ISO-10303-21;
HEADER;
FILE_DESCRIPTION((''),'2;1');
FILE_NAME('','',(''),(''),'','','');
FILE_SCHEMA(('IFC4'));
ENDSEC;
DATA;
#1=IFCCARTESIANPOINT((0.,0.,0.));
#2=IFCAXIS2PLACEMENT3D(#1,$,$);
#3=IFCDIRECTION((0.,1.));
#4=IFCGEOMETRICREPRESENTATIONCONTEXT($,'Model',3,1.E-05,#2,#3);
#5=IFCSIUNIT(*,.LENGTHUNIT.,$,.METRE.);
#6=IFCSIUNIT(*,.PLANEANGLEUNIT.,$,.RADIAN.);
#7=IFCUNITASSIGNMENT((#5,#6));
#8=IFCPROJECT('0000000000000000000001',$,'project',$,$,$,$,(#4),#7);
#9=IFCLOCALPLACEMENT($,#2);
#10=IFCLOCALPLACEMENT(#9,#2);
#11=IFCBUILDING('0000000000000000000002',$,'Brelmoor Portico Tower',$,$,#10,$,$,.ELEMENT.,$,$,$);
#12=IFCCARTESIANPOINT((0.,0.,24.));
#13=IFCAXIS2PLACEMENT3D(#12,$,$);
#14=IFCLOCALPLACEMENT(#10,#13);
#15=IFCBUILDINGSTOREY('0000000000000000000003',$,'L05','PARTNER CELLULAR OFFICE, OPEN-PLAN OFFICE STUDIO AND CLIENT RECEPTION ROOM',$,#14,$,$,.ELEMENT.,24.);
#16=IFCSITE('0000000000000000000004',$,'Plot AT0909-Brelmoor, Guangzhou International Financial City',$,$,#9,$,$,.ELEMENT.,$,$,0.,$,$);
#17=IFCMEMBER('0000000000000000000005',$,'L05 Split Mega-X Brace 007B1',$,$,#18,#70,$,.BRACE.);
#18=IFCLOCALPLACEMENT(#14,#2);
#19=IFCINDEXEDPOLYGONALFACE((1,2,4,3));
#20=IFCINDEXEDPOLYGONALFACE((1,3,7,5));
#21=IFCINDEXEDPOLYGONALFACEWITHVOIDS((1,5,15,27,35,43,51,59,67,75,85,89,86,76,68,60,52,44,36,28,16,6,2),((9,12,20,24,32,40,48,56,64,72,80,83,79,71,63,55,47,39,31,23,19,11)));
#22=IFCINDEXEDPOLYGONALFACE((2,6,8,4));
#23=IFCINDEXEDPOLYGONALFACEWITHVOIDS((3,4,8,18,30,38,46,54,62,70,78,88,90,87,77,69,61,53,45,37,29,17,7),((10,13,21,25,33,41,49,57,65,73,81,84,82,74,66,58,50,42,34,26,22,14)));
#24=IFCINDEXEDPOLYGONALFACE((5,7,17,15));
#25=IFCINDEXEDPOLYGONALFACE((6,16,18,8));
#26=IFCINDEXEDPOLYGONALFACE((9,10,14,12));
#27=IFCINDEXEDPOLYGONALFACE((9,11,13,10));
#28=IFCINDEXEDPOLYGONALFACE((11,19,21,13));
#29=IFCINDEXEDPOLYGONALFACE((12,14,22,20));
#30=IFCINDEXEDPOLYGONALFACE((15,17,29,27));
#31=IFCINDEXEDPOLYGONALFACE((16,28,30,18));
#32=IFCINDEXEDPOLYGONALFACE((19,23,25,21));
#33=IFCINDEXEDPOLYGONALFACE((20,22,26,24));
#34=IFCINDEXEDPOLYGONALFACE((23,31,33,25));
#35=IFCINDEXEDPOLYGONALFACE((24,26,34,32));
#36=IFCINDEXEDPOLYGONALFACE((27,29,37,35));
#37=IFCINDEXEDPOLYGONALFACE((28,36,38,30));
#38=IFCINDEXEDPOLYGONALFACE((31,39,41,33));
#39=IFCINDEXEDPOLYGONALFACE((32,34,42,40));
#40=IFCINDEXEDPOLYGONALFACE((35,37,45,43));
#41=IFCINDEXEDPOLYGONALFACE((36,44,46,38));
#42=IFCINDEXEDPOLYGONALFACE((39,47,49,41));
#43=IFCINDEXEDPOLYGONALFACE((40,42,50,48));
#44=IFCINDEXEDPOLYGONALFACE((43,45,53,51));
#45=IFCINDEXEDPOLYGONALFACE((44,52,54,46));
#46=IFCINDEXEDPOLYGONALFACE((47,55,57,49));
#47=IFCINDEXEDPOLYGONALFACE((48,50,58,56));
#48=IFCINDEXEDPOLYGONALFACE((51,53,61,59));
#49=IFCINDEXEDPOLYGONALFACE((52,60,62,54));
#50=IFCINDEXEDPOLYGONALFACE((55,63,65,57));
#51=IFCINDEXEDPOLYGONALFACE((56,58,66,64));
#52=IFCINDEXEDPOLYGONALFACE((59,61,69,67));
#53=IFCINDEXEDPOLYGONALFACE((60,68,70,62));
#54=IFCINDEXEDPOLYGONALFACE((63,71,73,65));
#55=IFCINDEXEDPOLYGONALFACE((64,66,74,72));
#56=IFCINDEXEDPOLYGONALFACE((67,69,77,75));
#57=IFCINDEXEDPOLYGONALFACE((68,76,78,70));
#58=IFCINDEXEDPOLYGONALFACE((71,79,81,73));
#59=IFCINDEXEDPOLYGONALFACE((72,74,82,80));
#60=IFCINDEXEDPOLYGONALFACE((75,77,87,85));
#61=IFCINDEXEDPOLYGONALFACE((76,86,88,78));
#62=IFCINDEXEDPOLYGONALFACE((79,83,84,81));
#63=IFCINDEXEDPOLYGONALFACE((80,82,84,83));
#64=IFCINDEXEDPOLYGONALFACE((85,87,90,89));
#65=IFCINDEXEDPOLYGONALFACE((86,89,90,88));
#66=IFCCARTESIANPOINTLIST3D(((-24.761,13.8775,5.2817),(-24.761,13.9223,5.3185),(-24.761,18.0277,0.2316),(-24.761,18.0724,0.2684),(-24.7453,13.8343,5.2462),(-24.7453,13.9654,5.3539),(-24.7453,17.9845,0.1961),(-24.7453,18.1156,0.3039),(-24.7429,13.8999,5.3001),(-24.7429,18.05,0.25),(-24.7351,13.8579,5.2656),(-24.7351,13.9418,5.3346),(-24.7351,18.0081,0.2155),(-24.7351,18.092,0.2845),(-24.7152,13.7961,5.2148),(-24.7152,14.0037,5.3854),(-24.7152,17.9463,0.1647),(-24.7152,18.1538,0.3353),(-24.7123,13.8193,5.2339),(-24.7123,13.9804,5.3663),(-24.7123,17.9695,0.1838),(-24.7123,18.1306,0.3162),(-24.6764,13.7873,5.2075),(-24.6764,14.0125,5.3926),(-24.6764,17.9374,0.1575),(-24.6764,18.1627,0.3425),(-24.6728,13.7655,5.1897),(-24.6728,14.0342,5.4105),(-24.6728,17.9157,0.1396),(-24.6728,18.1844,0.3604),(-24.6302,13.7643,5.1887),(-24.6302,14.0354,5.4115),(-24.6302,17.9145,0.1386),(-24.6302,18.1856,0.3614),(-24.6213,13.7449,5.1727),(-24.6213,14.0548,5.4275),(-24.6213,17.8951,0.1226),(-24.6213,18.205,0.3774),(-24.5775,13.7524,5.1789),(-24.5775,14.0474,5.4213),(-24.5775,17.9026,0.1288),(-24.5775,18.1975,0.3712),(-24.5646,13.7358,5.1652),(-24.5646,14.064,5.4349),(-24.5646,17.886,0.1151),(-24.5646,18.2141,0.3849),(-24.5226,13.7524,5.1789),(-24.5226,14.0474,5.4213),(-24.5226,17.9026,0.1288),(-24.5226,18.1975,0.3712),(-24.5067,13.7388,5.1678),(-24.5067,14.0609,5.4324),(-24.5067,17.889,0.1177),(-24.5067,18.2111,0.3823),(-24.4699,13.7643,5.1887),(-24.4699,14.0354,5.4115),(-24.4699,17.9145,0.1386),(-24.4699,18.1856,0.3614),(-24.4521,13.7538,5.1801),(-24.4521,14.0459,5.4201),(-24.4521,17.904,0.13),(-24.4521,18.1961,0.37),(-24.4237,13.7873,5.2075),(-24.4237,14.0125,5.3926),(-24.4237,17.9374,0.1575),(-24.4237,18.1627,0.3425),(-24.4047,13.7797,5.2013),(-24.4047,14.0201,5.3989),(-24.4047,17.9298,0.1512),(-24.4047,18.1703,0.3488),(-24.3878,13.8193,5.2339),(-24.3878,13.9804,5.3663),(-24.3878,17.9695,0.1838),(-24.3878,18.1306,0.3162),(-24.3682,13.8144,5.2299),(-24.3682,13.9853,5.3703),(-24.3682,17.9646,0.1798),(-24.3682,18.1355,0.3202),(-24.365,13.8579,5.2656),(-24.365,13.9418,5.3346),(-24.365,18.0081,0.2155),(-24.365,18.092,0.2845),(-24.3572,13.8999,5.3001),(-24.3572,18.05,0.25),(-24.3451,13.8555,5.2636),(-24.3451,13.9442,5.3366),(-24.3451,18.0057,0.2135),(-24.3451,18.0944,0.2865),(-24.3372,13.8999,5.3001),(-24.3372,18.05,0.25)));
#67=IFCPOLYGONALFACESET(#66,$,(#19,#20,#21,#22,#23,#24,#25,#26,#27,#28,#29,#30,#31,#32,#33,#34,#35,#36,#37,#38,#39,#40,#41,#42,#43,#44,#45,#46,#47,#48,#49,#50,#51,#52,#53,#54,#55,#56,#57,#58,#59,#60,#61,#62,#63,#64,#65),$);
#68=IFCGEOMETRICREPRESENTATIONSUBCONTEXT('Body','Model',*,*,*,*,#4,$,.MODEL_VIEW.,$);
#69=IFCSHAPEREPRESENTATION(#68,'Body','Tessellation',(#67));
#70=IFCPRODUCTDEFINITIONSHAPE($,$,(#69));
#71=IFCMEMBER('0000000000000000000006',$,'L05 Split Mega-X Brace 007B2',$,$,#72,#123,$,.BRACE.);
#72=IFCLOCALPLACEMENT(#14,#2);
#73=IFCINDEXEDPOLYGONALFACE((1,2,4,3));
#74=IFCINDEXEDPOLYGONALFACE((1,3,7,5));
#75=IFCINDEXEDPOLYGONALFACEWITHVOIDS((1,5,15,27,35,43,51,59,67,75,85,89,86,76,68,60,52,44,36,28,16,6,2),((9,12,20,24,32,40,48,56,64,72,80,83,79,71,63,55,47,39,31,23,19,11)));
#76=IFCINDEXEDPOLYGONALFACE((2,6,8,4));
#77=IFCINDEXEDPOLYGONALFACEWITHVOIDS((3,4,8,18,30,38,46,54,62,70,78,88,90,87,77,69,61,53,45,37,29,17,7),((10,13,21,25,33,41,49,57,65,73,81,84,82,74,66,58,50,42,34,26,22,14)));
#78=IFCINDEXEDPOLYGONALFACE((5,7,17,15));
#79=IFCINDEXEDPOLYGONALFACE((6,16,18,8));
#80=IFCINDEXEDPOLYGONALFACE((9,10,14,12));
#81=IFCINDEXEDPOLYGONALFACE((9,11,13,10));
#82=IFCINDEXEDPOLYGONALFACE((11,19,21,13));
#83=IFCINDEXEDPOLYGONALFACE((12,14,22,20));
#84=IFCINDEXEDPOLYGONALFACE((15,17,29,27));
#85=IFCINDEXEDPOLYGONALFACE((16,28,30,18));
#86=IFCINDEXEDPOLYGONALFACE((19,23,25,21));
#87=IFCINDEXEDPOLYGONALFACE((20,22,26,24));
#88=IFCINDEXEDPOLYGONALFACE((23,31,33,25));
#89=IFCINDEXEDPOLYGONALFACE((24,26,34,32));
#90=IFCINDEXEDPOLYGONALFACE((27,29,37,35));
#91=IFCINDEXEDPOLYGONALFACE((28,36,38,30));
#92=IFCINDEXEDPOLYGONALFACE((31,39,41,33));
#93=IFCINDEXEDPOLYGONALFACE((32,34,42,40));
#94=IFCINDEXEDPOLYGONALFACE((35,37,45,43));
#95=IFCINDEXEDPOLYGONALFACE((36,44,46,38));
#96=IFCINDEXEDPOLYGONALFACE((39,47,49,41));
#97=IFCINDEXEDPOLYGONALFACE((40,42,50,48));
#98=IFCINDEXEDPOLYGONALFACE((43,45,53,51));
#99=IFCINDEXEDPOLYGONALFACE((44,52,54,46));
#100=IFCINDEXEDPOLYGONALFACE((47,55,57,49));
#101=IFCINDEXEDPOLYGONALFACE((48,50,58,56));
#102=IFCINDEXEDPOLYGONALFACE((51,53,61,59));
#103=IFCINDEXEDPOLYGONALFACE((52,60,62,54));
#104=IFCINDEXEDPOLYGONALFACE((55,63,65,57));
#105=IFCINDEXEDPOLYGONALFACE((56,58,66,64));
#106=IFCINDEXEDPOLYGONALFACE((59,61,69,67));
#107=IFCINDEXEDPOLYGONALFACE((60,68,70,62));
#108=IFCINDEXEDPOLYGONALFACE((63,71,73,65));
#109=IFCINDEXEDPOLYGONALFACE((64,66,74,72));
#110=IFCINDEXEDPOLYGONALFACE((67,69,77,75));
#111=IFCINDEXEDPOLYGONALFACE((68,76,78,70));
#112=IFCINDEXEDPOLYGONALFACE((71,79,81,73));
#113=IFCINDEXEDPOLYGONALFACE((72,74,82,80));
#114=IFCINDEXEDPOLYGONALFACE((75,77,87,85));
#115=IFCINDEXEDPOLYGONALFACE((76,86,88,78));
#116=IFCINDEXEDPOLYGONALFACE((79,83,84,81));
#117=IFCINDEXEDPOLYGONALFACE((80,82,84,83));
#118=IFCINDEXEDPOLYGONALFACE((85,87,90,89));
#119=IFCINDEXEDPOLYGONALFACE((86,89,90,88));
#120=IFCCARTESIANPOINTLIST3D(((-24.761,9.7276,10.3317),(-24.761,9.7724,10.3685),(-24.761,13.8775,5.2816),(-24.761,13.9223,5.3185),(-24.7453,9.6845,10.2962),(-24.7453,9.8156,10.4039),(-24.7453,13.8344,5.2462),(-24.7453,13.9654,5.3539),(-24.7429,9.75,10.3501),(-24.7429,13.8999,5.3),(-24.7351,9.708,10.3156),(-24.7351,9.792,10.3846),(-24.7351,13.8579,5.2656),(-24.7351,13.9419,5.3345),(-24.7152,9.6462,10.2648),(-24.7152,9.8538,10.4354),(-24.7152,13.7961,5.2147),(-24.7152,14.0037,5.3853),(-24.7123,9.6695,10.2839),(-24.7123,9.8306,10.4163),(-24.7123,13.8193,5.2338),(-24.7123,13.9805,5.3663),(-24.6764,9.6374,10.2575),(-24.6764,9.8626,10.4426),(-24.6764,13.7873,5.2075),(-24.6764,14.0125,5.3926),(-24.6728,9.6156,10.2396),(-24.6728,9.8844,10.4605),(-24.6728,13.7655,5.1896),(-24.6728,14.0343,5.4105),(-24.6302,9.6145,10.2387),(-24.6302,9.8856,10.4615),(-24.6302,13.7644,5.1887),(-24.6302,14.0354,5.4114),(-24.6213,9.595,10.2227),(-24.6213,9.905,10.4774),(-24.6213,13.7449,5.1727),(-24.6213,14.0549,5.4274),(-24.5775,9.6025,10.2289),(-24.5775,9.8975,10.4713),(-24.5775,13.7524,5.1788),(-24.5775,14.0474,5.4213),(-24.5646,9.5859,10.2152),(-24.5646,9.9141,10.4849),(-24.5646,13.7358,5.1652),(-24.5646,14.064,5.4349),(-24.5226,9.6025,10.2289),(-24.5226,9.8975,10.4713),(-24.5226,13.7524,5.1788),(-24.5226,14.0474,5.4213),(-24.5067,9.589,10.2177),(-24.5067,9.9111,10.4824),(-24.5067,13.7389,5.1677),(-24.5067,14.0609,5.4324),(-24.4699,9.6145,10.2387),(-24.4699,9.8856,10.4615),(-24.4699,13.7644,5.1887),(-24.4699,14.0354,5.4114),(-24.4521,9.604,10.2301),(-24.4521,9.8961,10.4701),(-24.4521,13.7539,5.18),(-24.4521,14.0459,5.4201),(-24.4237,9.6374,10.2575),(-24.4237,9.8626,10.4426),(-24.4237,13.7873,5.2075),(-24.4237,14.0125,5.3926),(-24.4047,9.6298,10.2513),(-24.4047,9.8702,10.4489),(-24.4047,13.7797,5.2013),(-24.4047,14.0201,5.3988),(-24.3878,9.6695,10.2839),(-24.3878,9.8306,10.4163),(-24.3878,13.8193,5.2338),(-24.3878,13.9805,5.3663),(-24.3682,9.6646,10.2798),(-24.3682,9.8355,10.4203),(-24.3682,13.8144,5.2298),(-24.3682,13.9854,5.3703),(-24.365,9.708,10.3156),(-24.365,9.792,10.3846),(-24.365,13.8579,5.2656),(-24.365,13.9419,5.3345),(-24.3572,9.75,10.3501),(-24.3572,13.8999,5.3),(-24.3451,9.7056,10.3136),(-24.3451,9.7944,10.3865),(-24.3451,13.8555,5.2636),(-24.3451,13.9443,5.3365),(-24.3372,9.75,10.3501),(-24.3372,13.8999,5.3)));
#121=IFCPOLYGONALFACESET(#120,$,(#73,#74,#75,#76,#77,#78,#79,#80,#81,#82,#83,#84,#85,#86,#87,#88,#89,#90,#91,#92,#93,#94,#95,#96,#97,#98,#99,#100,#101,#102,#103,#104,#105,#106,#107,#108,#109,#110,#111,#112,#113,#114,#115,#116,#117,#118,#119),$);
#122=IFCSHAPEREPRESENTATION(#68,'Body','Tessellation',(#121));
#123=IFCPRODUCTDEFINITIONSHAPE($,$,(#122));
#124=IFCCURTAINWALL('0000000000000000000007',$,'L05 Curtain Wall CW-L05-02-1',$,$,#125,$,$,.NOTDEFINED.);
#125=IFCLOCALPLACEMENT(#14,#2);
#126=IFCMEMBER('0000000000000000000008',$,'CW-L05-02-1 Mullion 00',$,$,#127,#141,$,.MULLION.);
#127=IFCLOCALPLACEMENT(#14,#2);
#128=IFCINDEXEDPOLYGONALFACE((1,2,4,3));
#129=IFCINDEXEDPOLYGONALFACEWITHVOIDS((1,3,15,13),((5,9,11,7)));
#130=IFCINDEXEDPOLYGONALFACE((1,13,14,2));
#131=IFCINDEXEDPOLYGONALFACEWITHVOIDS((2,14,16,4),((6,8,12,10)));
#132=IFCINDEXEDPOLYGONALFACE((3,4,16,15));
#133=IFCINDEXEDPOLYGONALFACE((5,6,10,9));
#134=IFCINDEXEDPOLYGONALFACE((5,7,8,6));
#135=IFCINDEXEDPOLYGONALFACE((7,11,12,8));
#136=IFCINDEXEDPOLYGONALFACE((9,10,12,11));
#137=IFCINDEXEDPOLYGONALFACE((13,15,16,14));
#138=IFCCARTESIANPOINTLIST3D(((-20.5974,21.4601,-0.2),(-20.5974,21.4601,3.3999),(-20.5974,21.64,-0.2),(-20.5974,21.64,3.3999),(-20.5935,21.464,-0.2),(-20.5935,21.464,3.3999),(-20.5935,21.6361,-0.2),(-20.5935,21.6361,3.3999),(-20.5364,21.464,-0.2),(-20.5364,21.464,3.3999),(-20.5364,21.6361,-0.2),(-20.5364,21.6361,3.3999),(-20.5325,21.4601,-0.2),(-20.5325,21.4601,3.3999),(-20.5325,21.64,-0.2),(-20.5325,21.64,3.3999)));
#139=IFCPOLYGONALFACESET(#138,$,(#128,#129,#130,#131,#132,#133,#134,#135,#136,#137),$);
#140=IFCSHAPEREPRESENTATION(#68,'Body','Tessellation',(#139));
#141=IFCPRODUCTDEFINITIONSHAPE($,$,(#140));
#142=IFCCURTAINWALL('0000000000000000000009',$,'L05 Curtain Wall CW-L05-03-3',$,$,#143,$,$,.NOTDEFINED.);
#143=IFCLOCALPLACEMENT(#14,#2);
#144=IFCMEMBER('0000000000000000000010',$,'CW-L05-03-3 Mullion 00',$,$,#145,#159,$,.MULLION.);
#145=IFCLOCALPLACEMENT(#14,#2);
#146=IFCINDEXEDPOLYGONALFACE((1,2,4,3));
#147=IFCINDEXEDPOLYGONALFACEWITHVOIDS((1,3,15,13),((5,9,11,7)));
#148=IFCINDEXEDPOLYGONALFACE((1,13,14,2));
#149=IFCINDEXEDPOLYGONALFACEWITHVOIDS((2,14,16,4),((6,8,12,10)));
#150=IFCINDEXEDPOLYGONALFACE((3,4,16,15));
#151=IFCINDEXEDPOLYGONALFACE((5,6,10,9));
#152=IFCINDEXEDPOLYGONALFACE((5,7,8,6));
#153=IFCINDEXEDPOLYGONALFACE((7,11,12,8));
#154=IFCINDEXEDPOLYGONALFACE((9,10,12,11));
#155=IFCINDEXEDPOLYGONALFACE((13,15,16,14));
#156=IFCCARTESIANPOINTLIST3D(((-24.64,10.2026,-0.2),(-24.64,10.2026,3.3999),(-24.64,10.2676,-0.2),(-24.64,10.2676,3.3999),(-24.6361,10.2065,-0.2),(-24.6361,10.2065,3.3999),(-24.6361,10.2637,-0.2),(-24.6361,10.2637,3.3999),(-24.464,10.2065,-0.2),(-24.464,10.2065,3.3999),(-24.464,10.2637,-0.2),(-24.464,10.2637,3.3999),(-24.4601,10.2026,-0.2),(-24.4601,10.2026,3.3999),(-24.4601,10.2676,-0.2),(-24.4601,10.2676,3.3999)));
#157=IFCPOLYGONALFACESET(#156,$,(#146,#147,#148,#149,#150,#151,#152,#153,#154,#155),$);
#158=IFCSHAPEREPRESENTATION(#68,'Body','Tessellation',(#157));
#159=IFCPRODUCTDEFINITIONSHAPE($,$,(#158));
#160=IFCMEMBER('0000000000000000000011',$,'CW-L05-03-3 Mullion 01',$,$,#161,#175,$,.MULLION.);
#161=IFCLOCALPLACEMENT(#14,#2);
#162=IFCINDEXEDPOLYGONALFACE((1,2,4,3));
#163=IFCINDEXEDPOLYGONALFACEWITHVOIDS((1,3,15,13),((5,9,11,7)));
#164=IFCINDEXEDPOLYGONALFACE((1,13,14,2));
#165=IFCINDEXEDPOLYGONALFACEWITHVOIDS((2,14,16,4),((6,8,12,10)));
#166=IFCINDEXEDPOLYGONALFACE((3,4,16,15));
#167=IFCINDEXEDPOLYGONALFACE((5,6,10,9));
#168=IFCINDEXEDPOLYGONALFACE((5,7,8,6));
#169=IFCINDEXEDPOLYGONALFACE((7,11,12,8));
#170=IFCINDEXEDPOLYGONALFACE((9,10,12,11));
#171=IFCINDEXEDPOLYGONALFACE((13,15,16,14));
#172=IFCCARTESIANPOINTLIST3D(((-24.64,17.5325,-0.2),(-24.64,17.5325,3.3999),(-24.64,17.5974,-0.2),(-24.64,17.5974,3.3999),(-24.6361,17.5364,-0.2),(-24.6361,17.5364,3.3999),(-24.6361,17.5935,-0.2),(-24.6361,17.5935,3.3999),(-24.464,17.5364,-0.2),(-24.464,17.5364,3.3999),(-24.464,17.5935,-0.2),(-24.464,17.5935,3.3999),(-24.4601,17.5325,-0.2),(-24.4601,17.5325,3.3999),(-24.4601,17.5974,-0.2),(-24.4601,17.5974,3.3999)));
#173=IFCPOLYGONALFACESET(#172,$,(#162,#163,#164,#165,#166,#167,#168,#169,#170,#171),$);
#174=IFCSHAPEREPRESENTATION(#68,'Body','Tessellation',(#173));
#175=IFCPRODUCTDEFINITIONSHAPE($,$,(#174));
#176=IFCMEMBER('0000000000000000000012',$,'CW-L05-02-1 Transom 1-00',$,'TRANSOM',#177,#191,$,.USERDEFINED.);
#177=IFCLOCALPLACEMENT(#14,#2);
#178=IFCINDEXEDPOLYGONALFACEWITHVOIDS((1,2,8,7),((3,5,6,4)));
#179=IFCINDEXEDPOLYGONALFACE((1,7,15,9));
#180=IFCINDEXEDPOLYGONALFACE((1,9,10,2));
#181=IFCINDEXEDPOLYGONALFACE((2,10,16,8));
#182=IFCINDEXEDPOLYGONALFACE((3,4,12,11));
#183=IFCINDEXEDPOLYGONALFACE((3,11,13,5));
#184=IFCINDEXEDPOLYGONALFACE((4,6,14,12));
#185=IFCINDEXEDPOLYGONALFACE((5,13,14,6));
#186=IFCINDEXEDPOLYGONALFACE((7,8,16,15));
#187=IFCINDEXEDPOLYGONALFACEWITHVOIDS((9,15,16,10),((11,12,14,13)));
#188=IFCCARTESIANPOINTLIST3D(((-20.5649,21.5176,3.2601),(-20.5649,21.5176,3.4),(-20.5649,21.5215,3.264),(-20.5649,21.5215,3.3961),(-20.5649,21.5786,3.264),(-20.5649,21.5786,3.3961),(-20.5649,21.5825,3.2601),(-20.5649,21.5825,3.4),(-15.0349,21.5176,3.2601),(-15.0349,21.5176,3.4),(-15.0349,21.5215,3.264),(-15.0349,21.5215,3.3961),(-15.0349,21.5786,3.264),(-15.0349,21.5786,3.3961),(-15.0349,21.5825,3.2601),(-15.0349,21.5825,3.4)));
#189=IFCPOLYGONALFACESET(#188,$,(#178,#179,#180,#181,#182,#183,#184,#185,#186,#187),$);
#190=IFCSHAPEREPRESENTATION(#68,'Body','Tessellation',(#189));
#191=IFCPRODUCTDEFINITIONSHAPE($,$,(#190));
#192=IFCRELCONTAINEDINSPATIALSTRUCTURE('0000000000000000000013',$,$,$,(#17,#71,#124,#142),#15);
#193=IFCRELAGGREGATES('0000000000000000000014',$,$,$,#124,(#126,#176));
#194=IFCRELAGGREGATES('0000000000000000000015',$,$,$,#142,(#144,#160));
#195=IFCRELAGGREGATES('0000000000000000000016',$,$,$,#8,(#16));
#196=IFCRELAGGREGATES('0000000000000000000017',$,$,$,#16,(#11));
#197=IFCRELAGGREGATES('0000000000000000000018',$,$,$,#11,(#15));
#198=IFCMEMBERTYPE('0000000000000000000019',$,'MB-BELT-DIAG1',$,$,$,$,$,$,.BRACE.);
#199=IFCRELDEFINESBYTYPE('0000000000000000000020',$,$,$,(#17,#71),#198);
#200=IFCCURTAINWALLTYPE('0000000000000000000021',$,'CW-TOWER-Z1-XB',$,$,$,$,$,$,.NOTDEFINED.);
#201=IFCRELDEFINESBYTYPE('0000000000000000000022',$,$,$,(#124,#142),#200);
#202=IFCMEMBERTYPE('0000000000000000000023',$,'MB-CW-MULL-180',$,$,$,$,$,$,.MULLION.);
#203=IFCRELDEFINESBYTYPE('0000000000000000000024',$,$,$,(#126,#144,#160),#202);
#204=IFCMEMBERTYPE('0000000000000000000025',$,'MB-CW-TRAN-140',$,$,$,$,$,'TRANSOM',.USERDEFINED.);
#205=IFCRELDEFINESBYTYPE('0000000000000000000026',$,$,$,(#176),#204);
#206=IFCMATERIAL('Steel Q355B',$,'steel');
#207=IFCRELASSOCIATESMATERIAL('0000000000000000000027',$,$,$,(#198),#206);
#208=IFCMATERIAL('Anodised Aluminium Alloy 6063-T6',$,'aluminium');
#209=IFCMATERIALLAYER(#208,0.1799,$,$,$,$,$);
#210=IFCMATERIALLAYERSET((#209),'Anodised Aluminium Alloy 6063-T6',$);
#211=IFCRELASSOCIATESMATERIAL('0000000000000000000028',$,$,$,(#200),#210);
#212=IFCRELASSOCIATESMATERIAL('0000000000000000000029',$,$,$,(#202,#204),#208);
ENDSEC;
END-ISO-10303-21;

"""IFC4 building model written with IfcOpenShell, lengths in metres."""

from ifc_helpers import new_model, si_unit, direction, frame, origin, origin_2d, place, context, subcontext, project, spatial, hollow_rectangle, hollow_circle, extrude, material, layer, layer_set, material_profile, profile_set, type_object, element, aggregate, save


model = new_model("IFC4")

# Units and contexts
model_context = context("Model", 3, precision=1e-05, world=origin(), true_north=direction((0.0, 1.0)))
body_context = subcontext(model_context, "Body", "Model", "MODEL_VIEW")
ifc_project = project(units=[si_unit("LENGTHUNIT", "METRE"), si_unit("PLANEANGLEUNIT", "RADIAN")], contexts=[model_context])

# Site, building, storey
site_placement = place(None, origin())
site = spatial("IfcSite", under=ifc_project, at=site_placement, Name="Plot AT0909-Brelmoor, Guangzhou International Financial City", CompositionType="ELEMENT", RefElevation=0.0)
building_placement = place(site_placement, origin())
building = spatial("IfcBuilding", under=site, at=building_placement, Name="Brelmoor Portico Tower", CompositionType="ELEMENT")
storey_placement = place(building_placement, frame((0.0, 0.0, 24.0)))
storey = spatial("IfcBuildingStorey", under=building, at=storey_placement, Name="L05", Description="PARTNER CELLULAR OFFICE, OPEN-PLAN OFFICE STUDIO AND CLIENT RECEPTION ROOM", CompositionType="ELEMENT", Elevation=24.0)

# Shared definitions
ifc_material_1 = material(Name="Steel Q355B", Category="steel")

# Members
ifc_material_profile_1 = material_profile(ifc_material_1, hollow_circle(Radius=0.2129, WallThickness=0.02, at=origin_2d()), Name="CHS 426x20")
ifc_profile_set_1 = profile_set([ifc_material_profile_1], Name="Steel Q355B")
member_type_1 = type_object("IfcMemberType", Name="MB-BELT-DIAG1", PredefinedType="BRACE", material=ifc_profile_set_1)
member_1_placement = place(storey_placement, frame((-24.55, 18.05, 0.25), z_axis=(0.0, -0.634912, 0.772584), x_axis=(1.0, 0.0, 0.0)))
element("IfcMember", 1, at=member_1_placement, inside=storey, type_object=member_type_1, Name="L05 Split Mega-X Brace 007B1", PredefinedType="BRACE", context=body_context, shape_type="SweptSolid", body=[
    extrude(hollow_circle(Radius=0.2129, WallThickness=0.02, at=origin_2d()), origin(), (0.0, 0.0, 1.0), 6.5366),
])
member_2_placement = place(storey_placement, frame((-24.55, 13.8999, 5.3), z_axis=(0.0, -0.63489, 0.772603), x_axis=(1.0, 0.0, 0.0)))
element("IfcMember", 2, at=member_2_placement, inside=storey, type_object=member_type_1, Name="L05 Split Mega-X Brace 007B2", PredefinedType="BRACE", context=body_context, shape_type="SweptSolid", body=[
    extrude(hollow_circle(Radius=0.2129, WallThickness=0.02, at=origin_2d()), origin(), (0.0, 0.0, 1.0), 6.5364),
])

# Curtain wall, member
ifc_material_2 = material(Name="Anodised Aluminium Alloy 6063-T6", Category="aluminium")
ifc_layer_1 = layer(ifc_material_2, 0.1799)
ifc_layer_set_1 = layer_set([ifc_layer_1], Name="Anodised Aluminium Alloy 6063-T6")
curtain_wall_type = type_object("IfcCurtainWallType", Name="CW-TOWER-Z1-XB", PredefinedType="NOTDEFINED", material=ifc_layer_set_1)
curtain_wall_1_placement = place(storey_placement, origin())
curtain_wall_1 = element("IfcCurtainWall", 3, at=curtain_wall_1_placement, inside=storey, type_object=curtain_wall_type, Name="L05 Curtain Wall CW-L05-02-1", PredefinedType="NOTDEFINED")
ifc_material_profile_2 = material_profile(ifc_material_2, hollow_rectangle(XDim=0.0649, YDim=0.1799, WallThickness=0.0039, at=origin_2d()), Name="ALU MULLION 65x180")
ifc_profile_set_2 = profile_set([ifc_material_profile_2], Name="Anodised Aluminium Alloy 6063-T6")
member_type_2 = type_object("IfcMemberType", Name="MB-CW-MULL-180", PredefinedType="MULLION", material=ifc_profile_set_2)
member_3_placement = place(storey_placement, frame((-20.5649, 21.55, -0.2), z_axis=(0.0, 0.0, 1.0), x_axis=(1.0, 0.0, 0.0)))
member_3 = element("IfcMember", 4, at=member_3_placement, type_object=member_type_2, Name="CW-L05-02-1 Mullion 00", PredefinedType="MULLION", context=body_context, shape_type="SweptSolid", body=[
    extrude(hollow_rectangle(XDim=0.0649, YDim=0.1799, WallThickness=0.0039, at=origin_2d()), origin(), (0.0, 0.0, 1.0), 3.5999),
])

# Curtain wall, members
curtain_wall_2_placement = place(storey_placement, origin())
curtain_wall_2 = element("IfcCurtainWall", 5, at=curtain_wall_2_placement, inside=storey, type_object=curtain_wall_type, Name="L05 Curtain Wall CW-L05-03-3", PredefinedType="NOTDEFINED")
member_4_placement = place(storey_placement, frame((-24.55, 10.2351, -0.2), z_axis=(0.0, 0.0, 1.0), x_axis=(0.0, 1.0, 0.0)))
member_4 = element("IfcMember", 6, at=member_4_placement, type_object=member_type_2, Name="CW-L05-03-3 Mullion 00", PredefinedType="MULLION", context=body_context, shape_type="SweptSolid", body=[
    extrude(hollow_rectangle(XDim=0.0649, YDim=0.1799, WallThickness=0.0039, at=origin_2d()), origin(), (0.0, 0.0, 1.0), 3.5999),
])
member_5_placement = place(storey_placement, frame((-24.55, 17.5649, -0.2), z_axis=(0.0, 0.0, 1.0), x_axis=(0.0, 1.0, 0.0)))
member_5 = element("IfcMember", 7, at=member_5_placement, type_object=member_type_2, Name="CW-L05-03-3 Mullion 01", PredefinedType="MULLION", context=body_context, shape_type="SweptSolid", body=[
    extrude(hollow_rectangle(XDim=0.0649, YDim=0.1799, WallThickness=0.0039, at=origin_2d()), origin(), (0.0, 0.0, 1.0), 3.5999),
])

# Member
ifc_material_profile_3 = material_profile(ifc_material_2, hollow_rectangle(XDim=0.0649, YDim=0.1399, WallThickness=0.0039, at=origin_2d()), Name="ALU TRANSOM 65x140")
ifc_profile_set_3 = profile_set([ifc_material_profile_3], Name="Anodised Aluminium Alloy 6063-T6")
member_type_3 = type_object("IfcMemberType", Name="MB-CW-TRAN-140", ElementType="TRANSOM", PredefinedType="USERDEFINED", material=ifc_profile_set_3)
member_6_placement = place(storey_placement, frame((-20.5649, 21.55, 3.3301), z_axis=(1.0, 0.0, 0.0), x_axis=(0.0, 1.0, 0.0)))
member_6 = element("IfcMember", 8, at=member_6_placement, type_object=member_type_3, Name="CW-L05-02-1 Transom 1-00", ObjectType="TRANSOM", PredefinedType="USERDEFINED", context=body_context, shape_type="SweptSolid", body=[
    extrude(hollow_rectangle(XDim=0.0649, YDim=0.1399, WallThickness=0.0039, at=origin_2d()), origin(), (0.0, 0.0, 1.0), 5.53),
])
aggregate(curtain_wall_1, [member_3, member_6])

aggregate(curtain_wall_2, [member_4, member_5])

save(model, "model.ifc")
